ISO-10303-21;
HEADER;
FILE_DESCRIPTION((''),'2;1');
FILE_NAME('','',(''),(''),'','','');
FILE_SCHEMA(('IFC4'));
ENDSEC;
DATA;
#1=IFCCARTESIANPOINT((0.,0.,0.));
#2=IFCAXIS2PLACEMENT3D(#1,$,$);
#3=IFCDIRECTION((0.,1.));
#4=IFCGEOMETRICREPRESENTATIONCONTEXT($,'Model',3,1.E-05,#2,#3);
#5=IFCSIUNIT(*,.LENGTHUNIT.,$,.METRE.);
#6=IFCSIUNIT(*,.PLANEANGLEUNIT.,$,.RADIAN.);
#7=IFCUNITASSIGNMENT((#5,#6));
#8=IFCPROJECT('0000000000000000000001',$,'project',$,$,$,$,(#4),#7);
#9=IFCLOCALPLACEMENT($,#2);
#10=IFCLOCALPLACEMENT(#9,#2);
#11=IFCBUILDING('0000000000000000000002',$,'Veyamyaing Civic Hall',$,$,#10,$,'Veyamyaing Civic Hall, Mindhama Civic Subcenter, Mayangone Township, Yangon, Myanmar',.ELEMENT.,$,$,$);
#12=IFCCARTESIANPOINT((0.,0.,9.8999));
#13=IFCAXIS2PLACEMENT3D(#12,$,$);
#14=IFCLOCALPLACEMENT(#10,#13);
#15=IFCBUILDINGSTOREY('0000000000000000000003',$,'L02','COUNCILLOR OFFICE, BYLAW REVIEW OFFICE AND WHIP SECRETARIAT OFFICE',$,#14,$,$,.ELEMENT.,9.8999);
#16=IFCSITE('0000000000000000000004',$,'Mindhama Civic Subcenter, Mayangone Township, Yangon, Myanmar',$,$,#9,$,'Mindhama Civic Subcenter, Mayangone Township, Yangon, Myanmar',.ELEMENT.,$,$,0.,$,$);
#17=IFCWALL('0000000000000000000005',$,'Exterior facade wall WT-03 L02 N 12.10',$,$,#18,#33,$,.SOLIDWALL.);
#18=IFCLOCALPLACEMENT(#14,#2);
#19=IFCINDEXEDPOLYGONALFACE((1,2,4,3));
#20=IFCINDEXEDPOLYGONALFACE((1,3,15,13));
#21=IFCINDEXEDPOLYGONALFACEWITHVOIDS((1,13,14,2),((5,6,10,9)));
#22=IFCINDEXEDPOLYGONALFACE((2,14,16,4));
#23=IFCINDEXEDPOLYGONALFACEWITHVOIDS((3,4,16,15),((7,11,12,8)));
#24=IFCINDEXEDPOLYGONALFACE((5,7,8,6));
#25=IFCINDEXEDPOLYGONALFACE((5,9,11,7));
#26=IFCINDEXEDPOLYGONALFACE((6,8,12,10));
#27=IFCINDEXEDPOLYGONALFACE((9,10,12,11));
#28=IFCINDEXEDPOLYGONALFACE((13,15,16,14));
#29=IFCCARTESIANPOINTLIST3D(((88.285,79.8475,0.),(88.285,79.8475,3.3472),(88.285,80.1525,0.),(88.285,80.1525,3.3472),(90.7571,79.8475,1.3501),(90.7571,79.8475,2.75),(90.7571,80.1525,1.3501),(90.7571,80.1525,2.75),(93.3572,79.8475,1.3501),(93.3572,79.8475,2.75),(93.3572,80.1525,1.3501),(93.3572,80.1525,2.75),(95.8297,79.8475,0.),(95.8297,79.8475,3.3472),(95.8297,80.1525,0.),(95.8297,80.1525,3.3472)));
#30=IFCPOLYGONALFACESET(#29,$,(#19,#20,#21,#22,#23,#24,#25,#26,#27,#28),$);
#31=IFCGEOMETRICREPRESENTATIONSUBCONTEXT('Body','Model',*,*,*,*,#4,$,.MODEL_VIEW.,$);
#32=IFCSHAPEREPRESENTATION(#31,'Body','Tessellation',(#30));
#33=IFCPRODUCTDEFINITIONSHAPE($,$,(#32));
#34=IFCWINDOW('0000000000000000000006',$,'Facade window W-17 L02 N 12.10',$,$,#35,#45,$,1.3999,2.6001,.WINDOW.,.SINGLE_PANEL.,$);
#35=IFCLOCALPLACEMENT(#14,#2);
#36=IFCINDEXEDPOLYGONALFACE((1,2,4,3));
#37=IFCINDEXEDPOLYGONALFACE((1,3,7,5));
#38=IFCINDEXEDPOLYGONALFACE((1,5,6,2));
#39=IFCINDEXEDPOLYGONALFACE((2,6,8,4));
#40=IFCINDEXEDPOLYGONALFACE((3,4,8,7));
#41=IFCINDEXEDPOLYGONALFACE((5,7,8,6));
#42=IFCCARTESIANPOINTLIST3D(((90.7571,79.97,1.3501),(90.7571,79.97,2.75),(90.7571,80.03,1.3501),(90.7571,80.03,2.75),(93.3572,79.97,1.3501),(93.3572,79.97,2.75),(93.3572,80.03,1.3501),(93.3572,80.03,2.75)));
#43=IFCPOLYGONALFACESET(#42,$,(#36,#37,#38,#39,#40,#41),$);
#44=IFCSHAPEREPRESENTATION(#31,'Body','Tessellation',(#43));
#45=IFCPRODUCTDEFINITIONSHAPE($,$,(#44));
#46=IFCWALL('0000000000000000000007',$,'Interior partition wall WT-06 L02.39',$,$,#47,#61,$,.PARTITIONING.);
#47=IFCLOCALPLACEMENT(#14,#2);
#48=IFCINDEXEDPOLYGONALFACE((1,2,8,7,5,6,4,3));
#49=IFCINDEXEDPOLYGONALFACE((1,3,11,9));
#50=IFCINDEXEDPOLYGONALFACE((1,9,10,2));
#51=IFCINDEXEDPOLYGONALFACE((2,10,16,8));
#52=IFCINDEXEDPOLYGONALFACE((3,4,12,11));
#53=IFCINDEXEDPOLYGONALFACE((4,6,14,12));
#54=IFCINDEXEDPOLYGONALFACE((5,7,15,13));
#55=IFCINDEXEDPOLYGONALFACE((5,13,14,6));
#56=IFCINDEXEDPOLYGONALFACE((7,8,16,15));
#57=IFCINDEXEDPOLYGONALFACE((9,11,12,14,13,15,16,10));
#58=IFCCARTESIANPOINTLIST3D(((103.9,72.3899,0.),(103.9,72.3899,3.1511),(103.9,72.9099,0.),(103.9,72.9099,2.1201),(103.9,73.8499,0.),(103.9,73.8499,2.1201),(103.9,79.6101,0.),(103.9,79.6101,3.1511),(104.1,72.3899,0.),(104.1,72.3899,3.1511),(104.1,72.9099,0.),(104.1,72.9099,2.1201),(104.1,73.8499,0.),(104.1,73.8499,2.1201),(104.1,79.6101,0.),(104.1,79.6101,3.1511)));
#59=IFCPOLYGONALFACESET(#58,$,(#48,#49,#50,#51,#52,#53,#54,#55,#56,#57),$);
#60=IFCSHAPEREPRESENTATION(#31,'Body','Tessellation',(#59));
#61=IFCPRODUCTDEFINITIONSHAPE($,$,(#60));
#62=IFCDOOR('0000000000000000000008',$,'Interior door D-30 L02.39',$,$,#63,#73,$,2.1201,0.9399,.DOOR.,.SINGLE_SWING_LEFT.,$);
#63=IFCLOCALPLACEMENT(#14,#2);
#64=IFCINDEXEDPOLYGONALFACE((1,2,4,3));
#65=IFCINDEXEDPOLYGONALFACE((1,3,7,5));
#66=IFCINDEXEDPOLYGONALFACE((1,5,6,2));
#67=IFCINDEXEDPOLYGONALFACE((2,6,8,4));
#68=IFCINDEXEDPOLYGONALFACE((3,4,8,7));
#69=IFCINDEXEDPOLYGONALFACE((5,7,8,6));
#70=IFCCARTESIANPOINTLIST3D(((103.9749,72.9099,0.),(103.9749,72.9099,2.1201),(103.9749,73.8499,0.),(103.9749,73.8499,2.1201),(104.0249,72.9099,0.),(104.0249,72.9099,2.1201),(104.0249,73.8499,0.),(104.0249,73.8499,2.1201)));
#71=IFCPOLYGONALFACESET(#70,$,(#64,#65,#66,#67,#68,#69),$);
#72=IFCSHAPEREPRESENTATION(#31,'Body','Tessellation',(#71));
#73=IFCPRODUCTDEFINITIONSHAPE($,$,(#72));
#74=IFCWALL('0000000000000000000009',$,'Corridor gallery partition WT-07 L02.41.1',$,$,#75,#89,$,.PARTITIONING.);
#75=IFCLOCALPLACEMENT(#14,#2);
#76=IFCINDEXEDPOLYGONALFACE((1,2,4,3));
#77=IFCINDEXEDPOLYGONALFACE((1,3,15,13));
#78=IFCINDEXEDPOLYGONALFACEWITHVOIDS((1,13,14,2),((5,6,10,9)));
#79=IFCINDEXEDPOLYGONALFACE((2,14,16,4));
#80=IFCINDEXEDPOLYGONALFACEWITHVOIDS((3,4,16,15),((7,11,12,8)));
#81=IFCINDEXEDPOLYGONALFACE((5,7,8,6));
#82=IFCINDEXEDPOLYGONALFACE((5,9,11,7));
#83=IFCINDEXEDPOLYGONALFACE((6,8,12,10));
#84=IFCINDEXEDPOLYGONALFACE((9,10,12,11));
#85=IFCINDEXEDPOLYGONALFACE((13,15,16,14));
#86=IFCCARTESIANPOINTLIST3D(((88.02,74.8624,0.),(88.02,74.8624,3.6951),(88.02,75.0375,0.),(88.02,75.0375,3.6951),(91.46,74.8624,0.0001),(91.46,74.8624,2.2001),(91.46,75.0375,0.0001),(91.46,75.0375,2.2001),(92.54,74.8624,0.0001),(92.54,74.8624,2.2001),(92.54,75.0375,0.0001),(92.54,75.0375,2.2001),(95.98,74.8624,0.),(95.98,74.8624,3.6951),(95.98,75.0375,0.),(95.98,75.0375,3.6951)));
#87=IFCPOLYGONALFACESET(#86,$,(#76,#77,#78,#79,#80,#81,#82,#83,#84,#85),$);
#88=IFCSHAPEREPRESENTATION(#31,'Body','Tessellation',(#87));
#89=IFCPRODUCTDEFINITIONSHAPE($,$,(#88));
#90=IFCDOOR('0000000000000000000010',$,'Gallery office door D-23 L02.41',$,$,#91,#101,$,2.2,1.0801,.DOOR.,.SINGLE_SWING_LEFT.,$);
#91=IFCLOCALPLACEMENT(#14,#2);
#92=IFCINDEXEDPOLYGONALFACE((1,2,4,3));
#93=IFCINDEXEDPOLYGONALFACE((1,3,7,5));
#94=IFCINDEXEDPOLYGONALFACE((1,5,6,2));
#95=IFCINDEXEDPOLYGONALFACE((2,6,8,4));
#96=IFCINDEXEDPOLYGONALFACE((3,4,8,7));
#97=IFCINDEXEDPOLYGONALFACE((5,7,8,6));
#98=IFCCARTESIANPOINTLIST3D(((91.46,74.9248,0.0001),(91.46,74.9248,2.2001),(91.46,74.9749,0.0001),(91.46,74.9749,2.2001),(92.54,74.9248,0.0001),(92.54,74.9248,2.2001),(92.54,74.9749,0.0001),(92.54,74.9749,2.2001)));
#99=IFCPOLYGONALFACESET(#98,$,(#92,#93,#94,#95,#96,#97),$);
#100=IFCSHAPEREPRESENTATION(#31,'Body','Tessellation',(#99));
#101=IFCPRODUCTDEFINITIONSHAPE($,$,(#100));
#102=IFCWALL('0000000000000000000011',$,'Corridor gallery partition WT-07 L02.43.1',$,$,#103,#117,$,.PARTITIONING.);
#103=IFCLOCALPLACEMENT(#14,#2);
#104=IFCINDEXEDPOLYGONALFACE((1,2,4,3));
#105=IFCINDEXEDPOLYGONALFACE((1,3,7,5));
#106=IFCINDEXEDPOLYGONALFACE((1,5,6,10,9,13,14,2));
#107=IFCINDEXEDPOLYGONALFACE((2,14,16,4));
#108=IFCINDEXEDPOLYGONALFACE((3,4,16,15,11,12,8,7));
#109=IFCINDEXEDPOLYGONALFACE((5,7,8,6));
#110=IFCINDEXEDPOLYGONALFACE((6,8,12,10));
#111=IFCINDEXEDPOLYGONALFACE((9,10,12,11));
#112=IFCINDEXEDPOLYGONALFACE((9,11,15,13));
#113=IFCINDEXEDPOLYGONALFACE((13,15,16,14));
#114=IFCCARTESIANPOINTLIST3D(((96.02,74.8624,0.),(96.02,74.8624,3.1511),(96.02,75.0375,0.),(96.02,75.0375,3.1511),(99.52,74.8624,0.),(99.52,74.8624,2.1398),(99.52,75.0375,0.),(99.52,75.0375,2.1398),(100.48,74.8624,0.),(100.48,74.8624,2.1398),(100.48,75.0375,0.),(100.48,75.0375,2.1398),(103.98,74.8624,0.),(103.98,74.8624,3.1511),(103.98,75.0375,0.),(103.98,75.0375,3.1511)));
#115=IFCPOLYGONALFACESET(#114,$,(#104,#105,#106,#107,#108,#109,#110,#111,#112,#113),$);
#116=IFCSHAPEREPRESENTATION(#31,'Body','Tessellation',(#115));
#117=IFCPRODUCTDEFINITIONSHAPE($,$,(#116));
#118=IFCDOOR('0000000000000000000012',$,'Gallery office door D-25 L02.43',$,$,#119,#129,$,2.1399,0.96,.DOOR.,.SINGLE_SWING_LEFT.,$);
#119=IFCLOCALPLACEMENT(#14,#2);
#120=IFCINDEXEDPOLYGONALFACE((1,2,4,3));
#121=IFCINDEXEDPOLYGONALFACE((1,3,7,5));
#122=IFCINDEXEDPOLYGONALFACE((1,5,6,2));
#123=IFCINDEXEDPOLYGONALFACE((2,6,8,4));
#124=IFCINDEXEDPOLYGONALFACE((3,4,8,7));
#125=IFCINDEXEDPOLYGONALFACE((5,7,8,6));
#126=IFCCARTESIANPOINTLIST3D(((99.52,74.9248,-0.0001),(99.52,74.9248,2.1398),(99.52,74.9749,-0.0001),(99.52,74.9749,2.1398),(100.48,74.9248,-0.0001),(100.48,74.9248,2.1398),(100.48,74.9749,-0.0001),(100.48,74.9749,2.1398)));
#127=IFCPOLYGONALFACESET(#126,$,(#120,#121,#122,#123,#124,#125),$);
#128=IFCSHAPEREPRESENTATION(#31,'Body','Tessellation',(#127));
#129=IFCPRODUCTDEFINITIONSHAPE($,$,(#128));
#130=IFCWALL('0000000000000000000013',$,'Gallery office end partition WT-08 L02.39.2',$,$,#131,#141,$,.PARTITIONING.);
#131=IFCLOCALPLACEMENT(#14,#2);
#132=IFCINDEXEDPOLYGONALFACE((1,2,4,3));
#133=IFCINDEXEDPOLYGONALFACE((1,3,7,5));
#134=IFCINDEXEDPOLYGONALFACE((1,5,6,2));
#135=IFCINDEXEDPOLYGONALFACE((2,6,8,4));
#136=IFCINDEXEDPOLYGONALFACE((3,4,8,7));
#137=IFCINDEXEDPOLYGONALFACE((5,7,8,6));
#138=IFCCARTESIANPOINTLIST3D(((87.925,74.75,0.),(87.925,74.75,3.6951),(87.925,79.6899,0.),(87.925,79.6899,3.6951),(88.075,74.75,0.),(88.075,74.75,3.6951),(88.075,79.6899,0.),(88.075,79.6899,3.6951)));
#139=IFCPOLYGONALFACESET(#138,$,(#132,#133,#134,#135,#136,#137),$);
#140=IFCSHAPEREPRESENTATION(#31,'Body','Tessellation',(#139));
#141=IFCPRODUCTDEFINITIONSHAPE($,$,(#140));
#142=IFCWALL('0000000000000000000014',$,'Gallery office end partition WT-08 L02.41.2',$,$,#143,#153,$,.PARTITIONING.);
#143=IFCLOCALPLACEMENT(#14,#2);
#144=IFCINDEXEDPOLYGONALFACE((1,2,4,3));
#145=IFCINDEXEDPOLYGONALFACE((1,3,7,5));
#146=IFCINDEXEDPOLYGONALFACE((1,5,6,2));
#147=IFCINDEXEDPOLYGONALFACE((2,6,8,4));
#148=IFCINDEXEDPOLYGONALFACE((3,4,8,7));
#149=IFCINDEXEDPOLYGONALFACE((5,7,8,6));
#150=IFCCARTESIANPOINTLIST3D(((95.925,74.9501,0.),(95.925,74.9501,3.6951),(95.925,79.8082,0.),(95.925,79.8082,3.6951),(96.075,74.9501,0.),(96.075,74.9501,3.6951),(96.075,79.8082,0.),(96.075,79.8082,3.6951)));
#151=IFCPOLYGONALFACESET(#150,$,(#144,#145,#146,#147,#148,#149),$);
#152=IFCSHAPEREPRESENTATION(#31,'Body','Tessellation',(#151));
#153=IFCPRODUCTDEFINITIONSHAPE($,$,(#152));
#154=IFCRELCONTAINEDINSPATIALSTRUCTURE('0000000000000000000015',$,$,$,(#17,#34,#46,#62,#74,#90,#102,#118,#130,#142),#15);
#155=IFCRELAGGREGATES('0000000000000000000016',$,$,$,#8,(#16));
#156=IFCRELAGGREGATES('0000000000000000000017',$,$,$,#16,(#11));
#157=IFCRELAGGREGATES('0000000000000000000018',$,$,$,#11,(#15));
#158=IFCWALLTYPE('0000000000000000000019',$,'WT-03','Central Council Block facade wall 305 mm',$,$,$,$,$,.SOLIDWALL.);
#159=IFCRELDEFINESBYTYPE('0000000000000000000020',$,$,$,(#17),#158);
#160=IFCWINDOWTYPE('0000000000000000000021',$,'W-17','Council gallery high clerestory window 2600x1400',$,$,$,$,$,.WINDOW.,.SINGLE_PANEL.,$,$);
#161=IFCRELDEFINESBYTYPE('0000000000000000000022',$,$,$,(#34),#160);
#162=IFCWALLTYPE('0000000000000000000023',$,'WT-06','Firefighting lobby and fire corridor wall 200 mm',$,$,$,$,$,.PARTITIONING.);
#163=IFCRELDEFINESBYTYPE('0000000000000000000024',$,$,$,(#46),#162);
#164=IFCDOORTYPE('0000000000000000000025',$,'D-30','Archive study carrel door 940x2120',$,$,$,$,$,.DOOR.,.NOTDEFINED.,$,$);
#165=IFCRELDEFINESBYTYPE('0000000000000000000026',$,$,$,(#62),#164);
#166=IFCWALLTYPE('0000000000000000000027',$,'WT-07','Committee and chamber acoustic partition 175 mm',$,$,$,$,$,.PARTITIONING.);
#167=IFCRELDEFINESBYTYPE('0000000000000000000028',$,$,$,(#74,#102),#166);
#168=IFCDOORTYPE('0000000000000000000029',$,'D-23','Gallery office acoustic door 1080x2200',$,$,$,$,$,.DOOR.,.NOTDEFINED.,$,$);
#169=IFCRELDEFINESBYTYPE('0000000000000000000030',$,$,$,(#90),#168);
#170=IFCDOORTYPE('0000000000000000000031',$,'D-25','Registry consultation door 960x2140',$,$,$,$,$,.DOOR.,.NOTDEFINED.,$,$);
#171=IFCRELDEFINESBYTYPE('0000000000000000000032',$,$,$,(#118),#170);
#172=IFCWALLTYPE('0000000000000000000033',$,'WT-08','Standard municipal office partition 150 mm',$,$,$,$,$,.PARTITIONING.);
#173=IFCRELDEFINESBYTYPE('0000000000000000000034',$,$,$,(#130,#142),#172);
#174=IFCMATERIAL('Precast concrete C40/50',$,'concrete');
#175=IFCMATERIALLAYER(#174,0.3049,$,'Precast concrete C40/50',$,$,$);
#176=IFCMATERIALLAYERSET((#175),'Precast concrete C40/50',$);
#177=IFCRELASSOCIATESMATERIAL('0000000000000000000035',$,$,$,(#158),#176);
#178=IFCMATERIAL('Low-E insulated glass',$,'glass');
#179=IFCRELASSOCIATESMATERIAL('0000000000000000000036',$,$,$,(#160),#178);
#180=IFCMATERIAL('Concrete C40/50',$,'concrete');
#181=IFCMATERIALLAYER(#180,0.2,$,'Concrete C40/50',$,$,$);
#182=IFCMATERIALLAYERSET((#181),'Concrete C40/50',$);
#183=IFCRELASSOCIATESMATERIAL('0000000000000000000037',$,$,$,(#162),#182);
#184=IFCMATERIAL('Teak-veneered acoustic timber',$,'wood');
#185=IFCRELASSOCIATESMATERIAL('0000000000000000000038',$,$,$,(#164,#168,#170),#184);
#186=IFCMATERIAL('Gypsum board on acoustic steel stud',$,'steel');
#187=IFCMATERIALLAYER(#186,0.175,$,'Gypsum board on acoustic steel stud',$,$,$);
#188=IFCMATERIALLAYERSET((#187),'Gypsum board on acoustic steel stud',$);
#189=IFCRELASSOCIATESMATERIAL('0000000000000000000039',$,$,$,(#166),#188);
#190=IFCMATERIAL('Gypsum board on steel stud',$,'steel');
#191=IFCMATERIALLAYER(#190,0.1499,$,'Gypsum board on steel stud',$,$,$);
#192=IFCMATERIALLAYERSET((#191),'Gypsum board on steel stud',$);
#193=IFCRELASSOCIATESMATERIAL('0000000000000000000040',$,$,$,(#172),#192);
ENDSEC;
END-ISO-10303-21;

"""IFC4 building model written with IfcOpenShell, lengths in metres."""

from ifc_helpers import new_model, si_unit, direction, frame, frame_2d, origin, place, context, subcontext, project, spatial, rectangle, extrude, material, layer, layer_set, type_object, element, fill, save


model = new_model("IFC4")

# Units and contexts
model_context = context("Model", 3, precision=1e-05, world=origin(), true_north=direction((0.0, 1.0)))
body_context = subcontext(model_context, "Body", "Model", "MODEL_VIEW")
ifc_project = project(units=[si_unit("LENGTHUNIT", "METRE"), si_unit("PLANEANGLEUNIT", "RADIAN")], contexts=[model_context])

# Site, building, storey
site_placement = place(None, origin())
site = spatial("IfcSite", under=ifc_project, at=site_placement, Name="Mindhama Civic Subcenter, Mayangone Township, Yangon, Myanmar", LongName="Mindhama Civic Subcenter, Mayangone Township, Yangon, Myanmar", CompositionType="ELEMENT", RefElevation=0.0)
building_placement = place(site_placement, origin())
building = spatial("IfcBuilding", under=site, at=building_placement, Name="Veyamyaing Civic Hall", LongName="Veyamyaing Civic Hall, Mindhama Civic Subcenter, Mayangone Township, Yangon, Myanmar", CompositionType="ELEMENT")
storey_placement = place(building_placement, frame((0.0, 0.0, 9.8999)))
storey = spatial("IfcBuildingStorey", under=building, at=storey_placement, Name="L02", Description="COUNCILLOR OFFICE, BYLAW REVIEW OFFICE AND WHIP SECRETARIAT OFFICE", CompositionType="ELEMENT", Elevation=9.8999)

# Shared definitions
ifc_material_1 = material(Name="Low-E insulated glass", Category="glass")

# Wall, opening, window
ifc_material_2 = material(Name="Precast concrete C40/50", Category="concrete")
ifc_layer_1 = layer(ifc_material_2, 0.3049, Name="Precast concrete C40/50")
ifc_layer_set_1 = layer_set([ifc_layer_1], Name="Precast concrete C40/50")
wall_type_1 = type_object("IfcWallType", Name="WT-03", Description="Central Council Block facade wall 305 mm", PredefinedType="SOLIDWALL", material=ifc_layer_set_1)
wall_1_placement = place(storey_placement, frame((88.2849, 80.0, 0.0), z_axis=(0.0, 0.0, 1.0), x_axis=(1.0, 0.0, 0.0)))
wall_1 = element("IfcWall", 1, at=wall_1_placement, inside=storey, type_object=wall_type_1, Name="Exterior facade wall WT-03 L02 N 12.10", PredefinedType="SOLIDWALL", context=body_context, shape_type="SweptSolid", body=[
    extrude(rectangle(XDim=7.5447, YDim=0.3049, at=frame_2d((3.7725, 0.0))), origin(), (0.0, 0.0, 1.0), 3.3472),
])
opening_1_placement = place(wall_1_placement, frame((2.4722, 0.0, 1.3501)))
opening_1 = element("IfcOpeningElement", 2, at=opening_1_placement, cuts=wall_1, PredefinedType="OPENING", context=body_context, shape_type="SweptSolid", body=[
    extrude(rectangle(XDim=2.6001, YDim=1.3999, at=frame_2d((1.3, 0.7))), frame((0.0, 0.1624, 0.0), z_axis=(0.0, -1.0, 0.0), x_axis=(1.0, 0.0, 0.0)), (0.0, 0.0, 1.0), 0.325),
])
window_type = type_object("IfcWindowType", Name="W-17", Description="Council gallery high clerestory window 2600x1400", PartitioningType="SINGLE_PANEL", PredefinedType="WINDOW", material=ifc_material_1)
window_placement = place(opening_1_placement, origin())
window = element("IfcWindow", 3, at=window_placement, inside=storey, type_object=window_type, Name="Facade window W-17 L02 N 12.10", OverallHeight=1.3999, OverallWidth=2.6001, PartitioningType="SINGLE_PANEL", PredefinedType="WINDOW", context=body_context, shape_type="SweptSolid", body=[
    extrude(rectangle(XDim=2.6001, YDim=1.3999, at=frame_2d((1.3, 0.7))), frame((0.0, 0.03, 0.0), z_axis=(0.0, -1.0, 0.0), x_axis=(1.0, 0.0, 0.0)), (0.0, 0.0, 1.0), 0.0601),
])
fill(opening_1, window)

# Walls, openings, doors
ifc_material_3 = material(Name="Concrete C40/50", Category="concrete")
ifc_layer_2 = layer(ifc_material_3, 0.2, Name="Concrete C40/50")
ifc_layer_set_2 = layer_set([ifc_layer_2], Name="Concrete C40/50")
wall_type_2 = type_object("IfcWallType", Name="WT-06", Description="Firefighting lobby and fire corridor wall 200 mm", PredefinedType="PARTITIONING", material=ifc_layer_set_2)
wall_2_placement = place(storey_placement, frame((104.0, 72.3899, 0.0), z_axis=(0.0, 0.0, 1.0), x_axis=(0.0, 1.0, 0.0)))
wall_2 = element("IfcWall", 4, at=wall_2_placement, inside=storey, type_object=wall_type_2, Name="Interior partition wall WT-06 L02.39", PredefinedType="PARTITIONING", context=body_context, shape_type="SweptSolid", body=[
    extrude(rectangle(XDim=7.2202, YDim=0.2, at=frame_2d((3.6101, 0.0))), origin(), (0.0, 0.0, 1.0), 3.1511),
])
opening_2_placement = place(wall_2_placement, frame((0.52, 0.0, 0.0)))
opening_2 = element("IfcOpeningElement", 5, at=opening_2_placement, cuts=wall_2, PredefinedType="OPENING", context=body_context, shape_type="SweptSolid", body=[
    extrude(rectangle(XDim=0.9399, YDim=2.1201, at=frame_2d((0.47, 1.0601))), frame((0.0, 0.1099, 0.0), z_axis=(0.0, -1.0, 0.0), x_axis=(1.0, 0.0, 0.0)), (0.0, 0.0, 1.0), 0.22),
])
ifc_material_4 = material(Name="Teak-veneered acoustic timber", Category="wood")
door_type_1 = type_object("IfcDoorType", Name="D-30", Description="Archive study carrel door 940x2120", OperationType="NOTDEFINED", PredefinedType="DOOR", material=ifc_material_4)
door_1_placement = place(opening_2_placement, frame((0.9399, 0.0, 0.0), z_axis=(0.0, 0.0, 1.0), x_axis=(-1.0, 0.0, 0.0)))
door_1 = element("IfcDoor", 6, at=door_1_placement, inside=storey, type_object=door_type_1, Name="Interior door D-30 L02.39", OperationType="SINGLE_SWING_LEFT", OverallHeight=2.1201, OverallWidth=0.9399, PredefinedType="DOOR", context=body_context, shape_type="SweptSolid", body=[
    extrude(rectangle(XDim=0.9399, YDim=2.1201, at=frame_2d((0.47, 1.0601))), frame((0.0, 0.0249, 0.0), z_axis=(0.0, -1.0, 0.0), x_axis=(1.0, 0.0, 0.0)), (0.0, 0.0, 1.0), 0.05),
])
fill(opening_2, door_1)
ifc_material_5 = material(Name="Gypsum board on acoustic steel stud", Category="steel")
ifc_layer_3 = layer(ifc_material_5, 0.175, Name="Gypsum board on acoustic steel stud")
ifc_layer_set_3 = layer_set([ifc_layer_3], Name="Gypsum board on acoustic steel stud")
wall_type_3 = type_object("IfcWallType", Name="WT-07", Description="Committee and chamber acoustic partition 175 mm", PredefinedType="PARTITIONING", material=ifc_layer_set_3)
wall_3_placement = place(storey_placement, frame((88.02, 74.95, 0.0), z_axis=(0.0, 0.0, 1.0), x_axis=(1.0, 0.0, 0.0)))
wall_3 = element("IfcWall", 7, at=wall_3_placement, inside=storey, type_object=wall_type_3, Name="Corridor gallery partition WT-07 L02.41.1", PredefinedType="PARTITIONING", context=body_context, shape_type="SweptSolid", body=[
    extrude(rectangle(XDim=7.96, YDim=0.175, at=frame_2d((3.98, 0.0))), origin(), (0.0, 0.0, 1.0), 3.6951),
])
opening_3_placement = place(wall_3_placement, frame((3.4399, 0.0, 0.0)))
opening_3 = element("IfcOpeningElement", 8, at=opening_3_placement, cuts=wall_3, PredefinedType="OPENING", context=body_context, shape_type="SweptSolid", body=[
    extrude(rectangle(XDim=1.0801, YDim=2.2, at=frame_2d((0.54, 1.1001))), frame((0.0, 0.0974, 0.0), z_axis=(0.0, -1.0, 0.0), x_axis=(1.0, 0.0, 0.0)), (0.0, 0.0, 1.0), 0.1951),
])
door_type_2 = type_object("IfcDoorType", Name="D-23", Description="Gallery office acoustic door 1080x2200", OperationType="NOTDEFINED", PredefinedType="DOOR", material=ifc_material_4)
door_2_placement = place(opening_3_placement, origin())
door_2 = element("IfcDoor", 9, at=door_2_placement, inside=storey, type_object=door_type_2, Name="Gallery office door D-23 L02.41", OperationType="SINGLE_SWING_LEFT", OverallHeight=2.2, OverallWidth=1.0801, PredefinedType="DOOR", context=body_context, shape_type="SweptSolid", body=[
    extrude(rectangle(XDim=1.0801, YDim=2.2, at=frame_2d((0.54, 1.1001))), frame((0.0, 0.0249, 0.0), z_axis=(0.0, -1.0, 0.0), x_axis=(1.0, 0.0, 0.0)), (0.0, 0.0, 1.0), 0.05),
])
fill(opening_3, door_2)
wall_4_placement = place(storey_placement, frame((96.02, 74.95, 0.0), z_axis=(0.0, 0.0, 1.0), x_axis=(1.0, 0.0, 0.0)))
wall_4 = element("IfcWall", 10, at=wall_4_placement, inside=storey, type_object=wall_type_3, Name="Corridor gallery partition WT-07 L02.43.1", PredefinedType="PARTITIONING", context=body_context, shape_type="SweptSolid", body=[
    extrude(rectangle(XDim=7.96, YDim=0.175, at=frame_2d((3.98, 0.0))), origin(), (0.0, 0.0, 1.0), 3.1511),
])
opening_4_placement = place(wall_4_placement, frame((3.5, 0.0, 0.0)))
opening_4 = element("IfcOpeningElement", 11, at=opening_4_placement, cuts=wall_4, PredefinedType="OPENING", context=body_context, shape_type="SweptSolid", body=[
    extrude(rectangle(XDim=0.96, YDim=2.1399, at=frame_2d((0.48, 1.0698))), frame((0.0, 0.0974, 0.0), z_axis=(0.0, -1.0, 0.0), x_axis=(1.0, 0.0, 0.0)), (0.0, 0.0, 1.0), 0.1951),
])
door_type_3 = type_object("IfcDoorType", Name="D-25", Description="Registry consultation door 960x2140", OperationType="NOTDEFINED", PredefinedType="DOOR", material=ifc_material_4)
door_3_placement = place(opening_4_placement, origin())
door_3 = element("IfcDoor", 12, at=door_3_placement, inside=storey, type_object=door_type_3, Name="Gallery office door D-25 L02.43", OperationType="SINGLE_SWING_LEFT", OverallHeight=2.1399, OverallWidth=0.96, PredefinedType="DOOR", context=body_context, shape_type="SweptSolid", body=[
    extrude(rectangle(XDim=0.96, YDim=2.1399, at=frame_2d((0.48, 1.0698))), frame((0.0, 0.0249, 0.0), z_axis=(0.0, -1.0, 0.0), x_axis=(1.0, 0.0, 0.0)), (0.0, 0.0, 1.0), 0.05),
])
fill(opening_4, door_3)

# Walls
ifc_material_6 = material(Name="Gypsum board on steel stud", Category="steel")
ifc_layer_4 = layer(ifc_material_6, 0.1499, Name="Gypsum board on steel stud")
ifc_layer_set_4 = layer_set([ifc_layer_4], Name="Gypsum board on steel stud")
wall_type_4 = type_object("IfcWallType", Name="WT-08", Description="Standard municipal office partition 150 mm", PredefinedType="PARTITIONING", material=ifc_layer_set_4)
wall_5_placement = place(storey_placement, frame((88.0, 74.75, 0.0), z_axis=(0.0, 0.0, 1.0), x_axis=(0.0, 1.0, 0.0)))
element("IfcWall", 13, at=wall_5_placement, inside=storey, type_object=wall_type_4, Name="Gallery office end partition WT-08 L02.39.2", PredefinedType="PARTITIONING", context=body_context, shape_type="SweptSolid", body=[
    extrude(rectangle(XDim=4.9399, YDim=0.1499, at=frame_2d((2.47, 0.0))), origin(), (0.0, 0.0, 1.0), 3.6951),
])
wall_6_placement = place(storey_placement, frame((96.0, 74.95, 0.0), z_axis=(0.0, 0.0, 1.0), x_axis=(0.0, 1.0, 0.0)))
element("IfcWall", 14, at=wall_6_placement, inside=storey, type_object=wall_type_4, Name="Gallery office end partition WT-08 L02.41.2", PredefinedType="PARTITIONING", context=body_context, shape_type="SweptSolid", body=[
    extrude(rectangle(XDim=4.8582, YDim=0.1499, at=frame_2d((2.4292, 0.0))), origin(), (0.0, 0.0, 1.0), 3.6951),
])

save(model, "model.ifc")
